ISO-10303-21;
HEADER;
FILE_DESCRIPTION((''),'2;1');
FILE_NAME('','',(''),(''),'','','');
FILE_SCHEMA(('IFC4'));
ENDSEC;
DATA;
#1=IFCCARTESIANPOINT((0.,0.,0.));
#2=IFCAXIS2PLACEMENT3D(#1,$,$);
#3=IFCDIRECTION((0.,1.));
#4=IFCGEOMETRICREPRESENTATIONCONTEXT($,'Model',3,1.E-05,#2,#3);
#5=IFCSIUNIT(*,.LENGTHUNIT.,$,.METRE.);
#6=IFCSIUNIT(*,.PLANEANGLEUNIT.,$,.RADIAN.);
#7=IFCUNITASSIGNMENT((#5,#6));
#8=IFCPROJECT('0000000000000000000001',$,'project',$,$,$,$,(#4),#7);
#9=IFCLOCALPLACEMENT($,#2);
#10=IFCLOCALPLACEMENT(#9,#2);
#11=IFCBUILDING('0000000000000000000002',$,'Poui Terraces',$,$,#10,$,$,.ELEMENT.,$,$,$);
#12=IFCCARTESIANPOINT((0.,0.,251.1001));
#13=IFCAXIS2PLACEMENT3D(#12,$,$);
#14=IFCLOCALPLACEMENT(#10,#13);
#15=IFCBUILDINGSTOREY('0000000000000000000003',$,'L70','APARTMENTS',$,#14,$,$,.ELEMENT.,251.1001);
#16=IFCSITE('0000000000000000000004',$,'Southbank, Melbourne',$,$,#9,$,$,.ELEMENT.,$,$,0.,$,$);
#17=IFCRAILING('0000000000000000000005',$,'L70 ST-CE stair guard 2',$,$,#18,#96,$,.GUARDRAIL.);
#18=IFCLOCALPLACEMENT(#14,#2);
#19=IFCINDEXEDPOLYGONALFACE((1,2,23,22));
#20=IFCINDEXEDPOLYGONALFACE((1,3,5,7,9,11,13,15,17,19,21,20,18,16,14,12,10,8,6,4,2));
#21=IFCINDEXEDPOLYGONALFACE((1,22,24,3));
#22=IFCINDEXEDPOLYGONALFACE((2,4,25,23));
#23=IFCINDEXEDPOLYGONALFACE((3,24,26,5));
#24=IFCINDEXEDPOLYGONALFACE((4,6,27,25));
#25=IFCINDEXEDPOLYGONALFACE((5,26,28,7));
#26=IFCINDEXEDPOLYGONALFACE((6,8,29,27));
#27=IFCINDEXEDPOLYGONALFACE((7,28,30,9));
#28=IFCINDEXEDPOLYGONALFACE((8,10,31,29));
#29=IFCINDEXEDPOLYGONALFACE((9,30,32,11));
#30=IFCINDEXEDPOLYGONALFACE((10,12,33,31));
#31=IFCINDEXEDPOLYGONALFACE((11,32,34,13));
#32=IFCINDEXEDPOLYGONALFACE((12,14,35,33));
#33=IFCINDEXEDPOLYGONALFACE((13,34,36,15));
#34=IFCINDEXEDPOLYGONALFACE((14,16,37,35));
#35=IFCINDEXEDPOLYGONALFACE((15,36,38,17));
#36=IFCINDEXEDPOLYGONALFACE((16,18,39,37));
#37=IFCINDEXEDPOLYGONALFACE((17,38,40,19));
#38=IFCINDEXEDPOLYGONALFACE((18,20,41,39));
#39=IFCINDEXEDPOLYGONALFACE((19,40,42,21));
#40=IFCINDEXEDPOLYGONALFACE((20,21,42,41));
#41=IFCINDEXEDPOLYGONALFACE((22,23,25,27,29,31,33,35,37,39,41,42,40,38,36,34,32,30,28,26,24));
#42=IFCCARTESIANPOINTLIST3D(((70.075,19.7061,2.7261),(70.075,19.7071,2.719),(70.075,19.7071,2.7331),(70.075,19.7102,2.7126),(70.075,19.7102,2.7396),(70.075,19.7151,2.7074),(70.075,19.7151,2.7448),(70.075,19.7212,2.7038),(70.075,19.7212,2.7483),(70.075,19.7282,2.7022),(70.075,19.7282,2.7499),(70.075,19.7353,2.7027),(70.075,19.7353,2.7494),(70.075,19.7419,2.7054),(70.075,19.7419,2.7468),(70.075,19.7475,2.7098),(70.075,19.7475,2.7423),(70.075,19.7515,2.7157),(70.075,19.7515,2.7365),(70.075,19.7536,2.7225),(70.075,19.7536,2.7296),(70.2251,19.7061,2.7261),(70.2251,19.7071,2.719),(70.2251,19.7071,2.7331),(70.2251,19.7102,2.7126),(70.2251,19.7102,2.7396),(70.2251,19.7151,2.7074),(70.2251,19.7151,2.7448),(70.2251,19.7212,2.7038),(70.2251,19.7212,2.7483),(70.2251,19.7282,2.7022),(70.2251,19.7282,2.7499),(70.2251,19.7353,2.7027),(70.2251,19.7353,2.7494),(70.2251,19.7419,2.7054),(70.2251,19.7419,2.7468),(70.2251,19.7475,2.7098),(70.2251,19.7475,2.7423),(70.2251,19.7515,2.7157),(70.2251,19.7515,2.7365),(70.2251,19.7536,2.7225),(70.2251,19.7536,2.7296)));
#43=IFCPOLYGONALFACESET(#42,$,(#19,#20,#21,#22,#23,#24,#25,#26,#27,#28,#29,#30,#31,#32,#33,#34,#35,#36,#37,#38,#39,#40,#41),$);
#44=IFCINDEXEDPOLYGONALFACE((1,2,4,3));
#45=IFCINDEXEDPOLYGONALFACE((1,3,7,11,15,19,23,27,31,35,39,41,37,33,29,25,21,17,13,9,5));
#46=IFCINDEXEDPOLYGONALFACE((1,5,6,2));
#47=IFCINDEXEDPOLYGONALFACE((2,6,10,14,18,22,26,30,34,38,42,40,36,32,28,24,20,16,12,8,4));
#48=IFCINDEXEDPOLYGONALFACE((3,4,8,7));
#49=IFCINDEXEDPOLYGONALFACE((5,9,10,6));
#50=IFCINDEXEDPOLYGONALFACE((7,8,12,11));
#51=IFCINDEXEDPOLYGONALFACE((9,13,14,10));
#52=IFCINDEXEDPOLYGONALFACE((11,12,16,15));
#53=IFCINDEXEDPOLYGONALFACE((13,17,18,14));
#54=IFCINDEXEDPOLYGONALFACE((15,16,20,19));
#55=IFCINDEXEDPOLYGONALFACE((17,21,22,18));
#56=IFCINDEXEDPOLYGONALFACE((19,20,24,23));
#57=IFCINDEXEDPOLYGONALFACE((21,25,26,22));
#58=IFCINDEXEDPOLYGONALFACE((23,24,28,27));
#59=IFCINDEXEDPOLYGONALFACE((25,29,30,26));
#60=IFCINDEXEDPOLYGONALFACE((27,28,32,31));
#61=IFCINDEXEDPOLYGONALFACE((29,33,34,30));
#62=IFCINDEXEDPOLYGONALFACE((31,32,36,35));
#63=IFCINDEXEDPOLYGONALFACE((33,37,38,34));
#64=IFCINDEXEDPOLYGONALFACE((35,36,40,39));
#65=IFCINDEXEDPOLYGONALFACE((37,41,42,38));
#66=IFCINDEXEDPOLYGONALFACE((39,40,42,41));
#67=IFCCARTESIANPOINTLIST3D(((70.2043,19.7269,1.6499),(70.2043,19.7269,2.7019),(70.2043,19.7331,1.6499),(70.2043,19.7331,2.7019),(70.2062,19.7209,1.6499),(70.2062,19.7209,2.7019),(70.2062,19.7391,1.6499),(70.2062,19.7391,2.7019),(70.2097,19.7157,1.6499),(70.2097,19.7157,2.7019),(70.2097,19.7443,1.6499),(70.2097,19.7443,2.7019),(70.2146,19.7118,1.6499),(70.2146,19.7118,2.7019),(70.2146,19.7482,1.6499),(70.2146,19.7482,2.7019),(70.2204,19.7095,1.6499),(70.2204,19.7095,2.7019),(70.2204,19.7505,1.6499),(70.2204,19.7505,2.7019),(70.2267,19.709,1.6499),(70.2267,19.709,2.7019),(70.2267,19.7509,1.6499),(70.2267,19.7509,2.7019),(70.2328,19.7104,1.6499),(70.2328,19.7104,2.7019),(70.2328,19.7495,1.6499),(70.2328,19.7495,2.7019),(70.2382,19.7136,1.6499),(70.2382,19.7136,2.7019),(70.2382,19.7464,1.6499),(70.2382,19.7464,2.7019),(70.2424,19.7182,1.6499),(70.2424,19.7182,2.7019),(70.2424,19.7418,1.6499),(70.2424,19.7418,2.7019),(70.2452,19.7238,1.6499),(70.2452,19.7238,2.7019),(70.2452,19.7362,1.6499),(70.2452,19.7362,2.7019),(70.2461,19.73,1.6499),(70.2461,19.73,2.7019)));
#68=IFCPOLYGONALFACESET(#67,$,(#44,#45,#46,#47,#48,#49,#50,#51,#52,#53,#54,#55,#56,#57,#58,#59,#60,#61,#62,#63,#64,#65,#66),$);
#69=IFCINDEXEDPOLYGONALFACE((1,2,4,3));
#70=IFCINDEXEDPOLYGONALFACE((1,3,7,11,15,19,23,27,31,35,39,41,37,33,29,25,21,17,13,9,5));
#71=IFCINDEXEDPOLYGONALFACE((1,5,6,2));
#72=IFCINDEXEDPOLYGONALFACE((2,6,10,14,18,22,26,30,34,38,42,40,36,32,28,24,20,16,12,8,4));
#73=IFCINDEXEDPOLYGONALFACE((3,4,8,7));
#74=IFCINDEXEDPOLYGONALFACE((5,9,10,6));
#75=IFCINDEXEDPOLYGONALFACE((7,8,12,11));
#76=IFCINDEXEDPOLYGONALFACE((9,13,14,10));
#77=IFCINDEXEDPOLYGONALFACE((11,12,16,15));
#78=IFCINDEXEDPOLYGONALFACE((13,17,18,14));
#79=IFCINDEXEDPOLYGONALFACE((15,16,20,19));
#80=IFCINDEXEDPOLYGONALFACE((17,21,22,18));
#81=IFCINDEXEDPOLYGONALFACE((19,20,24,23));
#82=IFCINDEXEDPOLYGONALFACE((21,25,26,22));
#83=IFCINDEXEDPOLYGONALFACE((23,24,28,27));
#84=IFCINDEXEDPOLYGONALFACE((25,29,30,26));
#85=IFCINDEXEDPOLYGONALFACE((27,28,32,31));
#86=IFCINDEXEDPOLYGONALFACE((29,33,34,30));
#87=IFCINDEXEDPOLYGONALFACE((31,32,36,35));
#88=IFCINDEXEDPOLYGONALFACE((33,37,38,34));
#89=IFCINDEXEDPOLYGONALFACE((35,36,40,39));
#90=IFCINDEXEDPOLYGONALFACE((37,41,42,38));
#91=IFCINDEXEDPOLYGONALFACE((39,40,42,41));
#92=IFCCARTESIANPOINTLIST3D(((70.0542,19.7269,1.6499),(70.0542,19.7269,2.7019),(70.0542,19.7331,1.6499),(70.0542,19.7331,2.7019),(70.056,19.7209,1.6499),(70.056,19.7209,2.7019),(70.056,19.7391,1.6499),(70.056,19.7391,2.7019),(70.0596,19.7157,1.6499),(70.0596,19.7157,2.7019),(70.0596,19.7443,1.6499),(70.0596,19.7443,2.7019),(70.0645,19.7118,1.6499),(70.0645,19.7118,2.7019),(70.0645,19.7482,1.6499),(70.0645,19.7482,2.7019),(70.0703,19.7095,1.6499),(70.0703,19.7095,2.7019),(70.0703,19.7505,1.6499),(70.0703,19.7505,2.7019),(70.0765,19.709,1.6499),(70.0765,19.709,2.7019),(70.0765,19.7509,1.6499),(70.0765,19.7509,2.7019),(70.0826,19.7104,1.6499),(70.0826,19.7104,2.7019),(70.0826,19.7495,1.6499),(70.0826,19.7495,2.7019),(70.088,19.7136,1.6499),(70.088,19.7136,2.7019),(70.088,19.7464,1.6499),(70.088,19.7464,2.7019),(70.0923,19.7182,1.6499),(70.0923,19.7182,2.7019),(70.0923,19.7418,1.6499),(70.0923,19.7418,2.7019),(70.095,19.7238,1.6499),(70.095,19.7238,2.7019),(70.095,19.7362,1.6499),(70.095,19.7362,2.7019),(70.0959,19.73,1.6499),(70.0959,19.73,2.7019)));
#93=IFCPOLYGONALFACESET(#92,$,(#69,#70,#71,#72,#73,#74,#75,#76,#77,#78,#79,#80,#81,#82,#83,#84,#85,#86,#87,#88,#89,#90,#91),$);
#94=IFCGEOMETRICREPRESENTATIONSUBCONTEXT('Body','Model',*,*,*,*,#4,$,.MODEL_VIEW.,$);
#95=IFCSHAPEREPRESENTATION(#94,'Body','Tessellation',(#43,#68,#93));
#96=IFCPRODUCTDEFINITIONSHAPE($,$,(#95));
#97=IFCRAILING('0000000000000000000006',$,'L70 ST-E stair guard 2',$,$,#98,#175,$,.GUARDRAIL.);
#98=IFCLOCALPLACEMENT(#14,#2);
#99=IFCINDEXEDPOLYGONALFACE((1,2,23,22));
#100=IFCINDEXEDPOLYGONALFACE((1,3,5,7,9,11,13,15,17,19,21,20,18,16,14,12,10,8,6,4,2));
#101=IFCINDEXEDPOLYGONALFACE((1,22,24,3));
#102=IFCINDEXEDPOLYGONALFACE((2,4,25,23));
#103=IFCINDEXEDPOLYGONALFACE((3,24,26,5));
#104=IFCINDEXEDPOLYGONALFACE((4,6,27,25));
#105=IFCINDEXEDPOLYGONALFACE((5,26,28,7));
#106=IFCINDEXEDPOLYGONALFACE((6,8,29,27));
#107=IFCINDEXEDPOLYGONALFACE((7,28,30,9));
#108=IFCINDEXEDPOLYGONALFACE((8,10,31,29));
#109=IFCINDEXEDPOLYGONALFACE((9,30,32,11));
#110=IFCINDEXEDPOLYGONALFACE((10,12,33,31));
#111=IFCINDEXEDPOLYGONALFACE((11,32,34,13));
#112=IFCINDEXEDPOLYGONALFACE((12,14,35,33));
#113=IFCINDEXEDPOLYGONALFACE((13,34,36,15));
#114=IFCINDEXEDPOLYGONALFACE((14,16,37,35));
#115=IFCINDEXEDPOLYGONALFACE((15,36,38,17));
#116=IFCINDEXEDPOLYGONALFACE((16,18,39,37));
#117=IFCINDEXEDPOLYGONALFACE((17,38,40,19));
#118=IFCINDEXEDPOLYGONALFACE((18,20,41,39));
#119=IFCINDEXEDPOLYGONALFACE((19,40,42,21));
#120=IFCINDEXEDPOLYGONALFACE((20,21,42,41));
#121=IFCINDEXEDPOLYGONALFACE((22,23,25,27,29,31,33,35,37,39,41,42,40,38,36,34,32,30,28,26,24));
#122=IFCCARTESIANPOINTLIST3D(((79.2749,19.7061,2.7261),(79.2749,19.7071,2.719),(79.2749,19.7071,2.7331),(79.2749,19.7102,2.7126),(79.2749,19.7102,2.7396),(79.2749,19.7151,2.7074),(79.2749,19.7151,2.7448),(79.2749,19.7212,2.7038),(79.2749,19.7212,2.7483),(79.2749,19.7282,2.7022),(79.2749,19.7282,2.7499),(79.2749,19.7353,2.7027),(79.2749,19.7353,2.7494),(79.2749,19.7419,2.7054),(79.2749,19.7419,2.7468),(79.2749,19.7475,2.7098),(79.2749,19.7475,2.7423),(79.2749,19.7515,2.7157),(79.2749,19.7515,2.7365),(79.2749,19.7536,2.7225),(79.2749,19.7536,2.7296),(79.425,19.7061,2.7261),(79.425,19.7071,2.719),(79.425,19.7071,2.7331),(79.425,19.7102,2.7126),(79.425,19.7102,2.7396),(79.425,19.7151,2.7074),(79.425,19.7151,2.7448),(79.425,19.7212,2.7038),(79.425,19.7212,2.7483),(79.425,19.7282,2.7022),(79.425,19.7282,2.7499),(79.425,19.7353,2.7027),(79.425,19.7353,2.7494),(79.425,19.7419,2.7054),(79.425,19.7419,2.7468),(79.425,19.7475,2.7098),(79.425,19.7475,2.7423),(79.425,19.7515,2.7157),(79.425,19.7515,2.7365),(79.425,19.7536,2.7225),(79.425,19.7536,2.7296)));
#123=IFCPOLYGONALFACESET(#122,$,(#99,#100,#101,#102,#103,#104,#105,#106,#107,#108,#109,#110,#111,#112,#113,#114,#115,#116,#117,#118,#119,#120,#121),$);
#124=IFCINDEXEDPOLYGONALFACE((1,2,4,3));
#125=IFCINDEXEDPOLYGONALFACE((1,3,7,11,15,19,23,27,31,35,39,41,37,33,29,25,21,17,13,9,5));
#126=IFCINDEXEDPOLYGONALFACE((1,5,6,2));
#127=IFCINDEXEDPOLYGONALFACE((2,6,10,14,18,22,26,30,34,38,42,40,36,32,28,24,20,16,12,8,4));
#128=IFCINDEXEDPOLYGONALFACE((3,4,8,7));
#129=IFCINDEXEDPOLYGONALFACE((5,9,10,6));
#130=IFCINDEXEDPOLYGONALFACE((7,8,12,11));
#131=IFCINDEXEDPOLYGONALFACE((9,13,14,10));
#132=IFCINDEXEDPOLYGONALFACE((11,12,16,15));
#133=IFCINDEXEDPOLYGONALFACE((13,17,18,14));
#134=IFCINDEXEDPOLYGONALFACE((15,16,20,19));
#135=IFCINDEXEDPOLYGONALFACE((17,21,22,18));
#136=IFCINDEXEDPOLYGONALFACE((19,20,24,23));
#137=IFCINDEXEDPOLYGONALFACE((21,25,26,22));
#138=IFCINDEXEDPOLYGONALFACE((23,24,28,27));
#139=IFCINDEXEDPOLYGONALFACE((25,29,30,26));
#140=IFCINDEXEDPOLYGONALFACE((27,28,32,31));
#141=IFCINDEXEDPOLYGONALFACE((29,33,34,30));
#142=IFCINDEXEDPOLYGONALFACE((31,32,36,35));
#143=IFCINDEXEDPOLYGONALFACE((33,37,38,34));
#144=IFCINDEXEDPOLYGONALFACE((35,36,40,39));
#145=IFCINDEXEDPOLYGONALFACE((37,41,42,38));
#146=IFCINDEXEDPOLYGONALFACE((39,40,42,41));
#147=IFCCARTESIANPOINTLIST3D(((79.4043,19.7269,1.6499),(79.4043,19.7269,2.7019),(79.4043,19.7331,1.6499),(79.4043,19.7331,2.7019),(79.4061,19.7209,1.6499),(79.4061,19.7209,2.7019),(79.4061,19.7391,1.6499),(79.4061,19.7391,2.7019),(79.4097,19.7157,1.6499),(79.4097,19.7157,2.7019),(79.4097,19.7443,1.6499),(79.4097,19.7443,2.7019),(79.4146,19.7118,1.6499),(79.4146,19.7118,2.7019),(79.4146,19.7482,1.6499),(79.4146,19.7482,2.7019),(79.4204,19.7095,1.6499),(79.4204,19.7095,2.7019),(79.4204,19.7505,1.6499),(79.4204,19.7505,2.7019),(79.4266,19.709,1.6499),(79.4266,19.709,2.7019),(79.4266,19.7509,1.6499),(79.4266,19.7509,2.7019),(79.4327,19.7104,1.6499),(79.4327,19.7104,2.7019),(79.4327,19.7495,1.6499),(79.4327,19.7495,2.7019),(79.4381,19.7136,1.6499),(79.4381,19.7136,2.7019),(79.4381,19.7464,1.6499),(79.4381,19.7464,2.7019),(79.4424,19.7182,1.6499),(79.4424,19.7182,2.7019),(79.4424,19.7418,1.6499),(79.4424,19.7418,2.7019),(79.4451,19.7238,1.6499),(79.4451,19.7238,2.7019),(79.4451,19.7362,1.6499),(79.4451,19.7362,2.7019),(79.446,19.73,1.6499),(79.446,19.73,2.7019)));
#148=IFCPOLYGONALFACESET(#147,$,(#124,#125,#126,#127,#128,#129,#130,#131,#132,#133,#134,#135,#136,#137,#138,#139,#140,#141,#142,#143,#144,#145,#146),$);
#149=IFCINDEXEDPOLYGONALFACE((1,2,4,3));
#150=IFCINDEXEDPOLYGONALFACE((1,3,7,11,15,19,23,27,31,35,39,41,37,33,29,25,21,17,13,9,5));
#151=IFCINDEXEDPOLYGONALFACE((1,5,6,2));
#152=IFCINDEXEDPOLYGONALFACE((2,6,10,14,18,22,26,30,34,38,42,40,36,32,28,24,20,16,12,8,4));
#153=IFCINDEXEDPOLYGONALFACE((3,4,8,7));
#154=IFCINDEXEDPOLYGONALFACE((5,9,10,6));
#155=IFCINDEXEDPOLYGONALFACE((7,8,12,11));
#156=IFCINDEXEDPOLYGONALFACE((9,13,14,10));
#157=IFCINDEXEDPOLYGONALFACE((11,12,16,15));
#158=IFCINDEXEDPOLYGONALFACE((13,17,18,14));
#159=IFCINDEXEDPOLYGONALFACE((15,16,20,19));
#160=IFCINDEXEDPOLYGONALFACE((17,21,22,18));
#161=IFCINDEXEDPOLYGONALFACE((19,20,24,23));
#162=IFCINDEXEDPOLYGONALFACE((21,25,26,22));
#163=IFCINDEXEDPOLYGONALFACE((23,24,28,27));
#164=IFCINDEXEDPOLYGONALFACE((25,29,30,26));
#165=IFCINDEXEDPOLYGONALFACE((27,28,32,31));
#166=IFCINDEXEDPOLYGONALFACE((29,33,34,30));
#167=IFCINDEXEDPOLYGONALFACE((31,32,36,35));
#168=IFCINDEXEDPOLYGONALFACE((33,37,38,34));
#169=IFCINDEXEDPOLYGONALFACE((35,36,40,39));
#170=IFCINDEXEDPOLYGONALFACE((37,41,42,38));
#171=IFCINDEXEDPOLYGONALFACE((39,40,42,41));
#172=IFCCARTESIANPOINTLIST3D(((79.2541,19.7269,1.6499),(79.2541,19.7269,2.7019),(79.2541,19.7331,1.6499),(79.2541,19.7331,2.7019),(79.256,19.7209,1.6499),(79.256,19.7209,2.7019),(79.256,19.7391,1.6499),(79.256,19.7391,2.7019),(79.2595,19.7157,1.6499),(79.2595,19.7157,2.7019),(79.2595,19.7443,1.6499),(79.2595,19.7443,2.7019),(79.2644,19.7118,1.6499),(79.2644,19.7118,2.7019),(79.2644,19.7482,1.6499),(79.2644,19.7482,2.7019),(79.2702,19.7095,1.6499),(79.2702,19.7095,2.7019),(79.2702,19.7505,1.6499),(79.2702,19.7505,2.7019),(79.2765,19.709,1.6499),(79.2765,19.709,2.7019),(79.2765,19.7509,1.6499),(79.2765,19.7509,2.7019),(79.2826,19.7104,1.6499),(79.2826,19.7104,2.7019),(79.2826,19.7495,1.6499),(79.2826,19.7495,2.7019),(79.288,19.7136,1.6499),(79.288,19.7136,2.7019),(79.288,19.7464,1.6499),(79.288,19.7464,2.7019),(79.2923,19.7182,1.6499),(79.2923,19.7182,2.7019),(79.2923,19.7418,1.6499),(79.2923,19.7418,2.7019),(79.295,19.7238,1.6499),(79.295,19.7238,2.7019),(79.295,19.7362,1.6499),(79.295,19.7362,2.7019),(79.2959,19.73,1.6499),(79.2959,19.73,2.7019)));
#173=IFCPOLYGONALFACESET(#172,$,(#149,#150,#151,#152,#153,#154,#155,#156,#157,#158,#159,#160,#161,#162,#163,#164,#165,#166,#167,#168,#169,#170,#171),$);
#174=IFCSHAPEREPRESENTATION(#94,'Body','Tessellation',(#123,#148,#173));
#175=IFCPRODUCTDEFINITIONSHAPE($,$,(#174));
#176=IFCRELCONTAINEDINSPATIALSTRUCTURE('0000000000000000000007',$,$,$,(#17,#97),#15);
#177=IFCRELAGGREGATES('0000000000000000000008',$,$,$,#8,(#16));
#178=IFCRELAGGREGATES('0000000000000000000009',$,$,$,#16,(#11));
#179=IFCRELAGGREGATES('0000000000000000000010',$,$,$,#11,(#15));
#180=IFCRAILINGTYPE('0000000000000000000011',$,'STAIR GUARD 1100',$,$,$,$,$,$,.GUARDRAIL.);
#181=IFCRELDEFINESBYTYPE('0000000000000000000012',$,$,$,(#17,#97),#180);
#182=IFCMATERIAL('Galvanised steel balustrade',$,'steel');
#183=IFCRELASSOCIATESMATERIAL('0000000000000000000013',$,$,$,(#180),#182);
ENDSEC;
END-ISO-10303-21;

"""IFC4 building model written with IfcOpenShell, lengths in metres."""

from ifc_helpers import new_model, si_unit, direction, frame, origin, origin_2d, place, context, subcontext, project, spatial, circle, extrude, material, type_object, element, save


model = new_model("IFC4")

# Units and contexts
model_context = context("Model", 3, precision=1e-05, world=origin(), true_north=direction((0.0, 1.0)))
body_context = subcontext(model_context, "Body", "Model", "MODEL_VIEW")
ifc_project = project(units=[si_unit("LENGTHUNIT", "METRE"), si_unit("PLANEANGLEUNIT", "RADIAN")], contexts=[model_context])

# Site, building, storey
site_placement = place(None, origin())
site = spatial("IfcSite", under=ifc_project, at=site_placement, Name="Southbank, Melbourne", CompositionType="ELEMENT", RefElevation=0.0)
building_placement = place(site_placement, origin())
building = spatial("IfcBuilding", under=site, at=building_placement, Name="Poui Terraces", CompositionType="ELEMENT")
storey_placement = place(building_placement, frame((0.0, 0.0, 251.1001)))
storey = spatial("IfcBuildingStorey", under=building, at=storey_placement, Name="L70", Description="APARTMENTS", CompositionType="ELEMENT", Elevation=251.1001)

# Railings
ifc_material_1 = material(Name="Galvanised steel balustrade", Category="steel")
railing_type = type_object("IfcRailingType", Name="STAIR GUARD 1100", PredefinedType="GUARDRAIL", material=ifc_material_1)
for number, where, name in (
    (1, (70.2251, 19.73, 1.6499), "L70 ST-CE stair guard 2"),
    (2, (79.425, 19.73, 1.6499), "L70 ST-E stair guard 2"),
):
    element("IfcRailing", number, at=place(storey_placement, frame(where)), inside=storey, type_object=railing_type, Name=name, PredefinedType="GUARDRAIL", context=body_context, shape_type="SweptSolid", body=[
        extrude(circle(Radius=0.0239, at=origin_2d()), frame((0.0, 0.0, 1.0762), z_axis=(-1.0, 0.0, 0.0), x_axis=(0.0, -1.0, 0.0)), (0.0, 0.0, 1.0), 0.1501),
        extrude(circle(Radius=0.021, at=origin_2d()), origin(), (0.0, 0.0, 1.0), 1.052),
        extrude(circle(Radius=0.021, at=origin_2d()), frame((-0.1501, 0.0, 0.0)), (0.0, 0.0, 1.0), 1.052),
    ])

save(model, "model.ifc")
